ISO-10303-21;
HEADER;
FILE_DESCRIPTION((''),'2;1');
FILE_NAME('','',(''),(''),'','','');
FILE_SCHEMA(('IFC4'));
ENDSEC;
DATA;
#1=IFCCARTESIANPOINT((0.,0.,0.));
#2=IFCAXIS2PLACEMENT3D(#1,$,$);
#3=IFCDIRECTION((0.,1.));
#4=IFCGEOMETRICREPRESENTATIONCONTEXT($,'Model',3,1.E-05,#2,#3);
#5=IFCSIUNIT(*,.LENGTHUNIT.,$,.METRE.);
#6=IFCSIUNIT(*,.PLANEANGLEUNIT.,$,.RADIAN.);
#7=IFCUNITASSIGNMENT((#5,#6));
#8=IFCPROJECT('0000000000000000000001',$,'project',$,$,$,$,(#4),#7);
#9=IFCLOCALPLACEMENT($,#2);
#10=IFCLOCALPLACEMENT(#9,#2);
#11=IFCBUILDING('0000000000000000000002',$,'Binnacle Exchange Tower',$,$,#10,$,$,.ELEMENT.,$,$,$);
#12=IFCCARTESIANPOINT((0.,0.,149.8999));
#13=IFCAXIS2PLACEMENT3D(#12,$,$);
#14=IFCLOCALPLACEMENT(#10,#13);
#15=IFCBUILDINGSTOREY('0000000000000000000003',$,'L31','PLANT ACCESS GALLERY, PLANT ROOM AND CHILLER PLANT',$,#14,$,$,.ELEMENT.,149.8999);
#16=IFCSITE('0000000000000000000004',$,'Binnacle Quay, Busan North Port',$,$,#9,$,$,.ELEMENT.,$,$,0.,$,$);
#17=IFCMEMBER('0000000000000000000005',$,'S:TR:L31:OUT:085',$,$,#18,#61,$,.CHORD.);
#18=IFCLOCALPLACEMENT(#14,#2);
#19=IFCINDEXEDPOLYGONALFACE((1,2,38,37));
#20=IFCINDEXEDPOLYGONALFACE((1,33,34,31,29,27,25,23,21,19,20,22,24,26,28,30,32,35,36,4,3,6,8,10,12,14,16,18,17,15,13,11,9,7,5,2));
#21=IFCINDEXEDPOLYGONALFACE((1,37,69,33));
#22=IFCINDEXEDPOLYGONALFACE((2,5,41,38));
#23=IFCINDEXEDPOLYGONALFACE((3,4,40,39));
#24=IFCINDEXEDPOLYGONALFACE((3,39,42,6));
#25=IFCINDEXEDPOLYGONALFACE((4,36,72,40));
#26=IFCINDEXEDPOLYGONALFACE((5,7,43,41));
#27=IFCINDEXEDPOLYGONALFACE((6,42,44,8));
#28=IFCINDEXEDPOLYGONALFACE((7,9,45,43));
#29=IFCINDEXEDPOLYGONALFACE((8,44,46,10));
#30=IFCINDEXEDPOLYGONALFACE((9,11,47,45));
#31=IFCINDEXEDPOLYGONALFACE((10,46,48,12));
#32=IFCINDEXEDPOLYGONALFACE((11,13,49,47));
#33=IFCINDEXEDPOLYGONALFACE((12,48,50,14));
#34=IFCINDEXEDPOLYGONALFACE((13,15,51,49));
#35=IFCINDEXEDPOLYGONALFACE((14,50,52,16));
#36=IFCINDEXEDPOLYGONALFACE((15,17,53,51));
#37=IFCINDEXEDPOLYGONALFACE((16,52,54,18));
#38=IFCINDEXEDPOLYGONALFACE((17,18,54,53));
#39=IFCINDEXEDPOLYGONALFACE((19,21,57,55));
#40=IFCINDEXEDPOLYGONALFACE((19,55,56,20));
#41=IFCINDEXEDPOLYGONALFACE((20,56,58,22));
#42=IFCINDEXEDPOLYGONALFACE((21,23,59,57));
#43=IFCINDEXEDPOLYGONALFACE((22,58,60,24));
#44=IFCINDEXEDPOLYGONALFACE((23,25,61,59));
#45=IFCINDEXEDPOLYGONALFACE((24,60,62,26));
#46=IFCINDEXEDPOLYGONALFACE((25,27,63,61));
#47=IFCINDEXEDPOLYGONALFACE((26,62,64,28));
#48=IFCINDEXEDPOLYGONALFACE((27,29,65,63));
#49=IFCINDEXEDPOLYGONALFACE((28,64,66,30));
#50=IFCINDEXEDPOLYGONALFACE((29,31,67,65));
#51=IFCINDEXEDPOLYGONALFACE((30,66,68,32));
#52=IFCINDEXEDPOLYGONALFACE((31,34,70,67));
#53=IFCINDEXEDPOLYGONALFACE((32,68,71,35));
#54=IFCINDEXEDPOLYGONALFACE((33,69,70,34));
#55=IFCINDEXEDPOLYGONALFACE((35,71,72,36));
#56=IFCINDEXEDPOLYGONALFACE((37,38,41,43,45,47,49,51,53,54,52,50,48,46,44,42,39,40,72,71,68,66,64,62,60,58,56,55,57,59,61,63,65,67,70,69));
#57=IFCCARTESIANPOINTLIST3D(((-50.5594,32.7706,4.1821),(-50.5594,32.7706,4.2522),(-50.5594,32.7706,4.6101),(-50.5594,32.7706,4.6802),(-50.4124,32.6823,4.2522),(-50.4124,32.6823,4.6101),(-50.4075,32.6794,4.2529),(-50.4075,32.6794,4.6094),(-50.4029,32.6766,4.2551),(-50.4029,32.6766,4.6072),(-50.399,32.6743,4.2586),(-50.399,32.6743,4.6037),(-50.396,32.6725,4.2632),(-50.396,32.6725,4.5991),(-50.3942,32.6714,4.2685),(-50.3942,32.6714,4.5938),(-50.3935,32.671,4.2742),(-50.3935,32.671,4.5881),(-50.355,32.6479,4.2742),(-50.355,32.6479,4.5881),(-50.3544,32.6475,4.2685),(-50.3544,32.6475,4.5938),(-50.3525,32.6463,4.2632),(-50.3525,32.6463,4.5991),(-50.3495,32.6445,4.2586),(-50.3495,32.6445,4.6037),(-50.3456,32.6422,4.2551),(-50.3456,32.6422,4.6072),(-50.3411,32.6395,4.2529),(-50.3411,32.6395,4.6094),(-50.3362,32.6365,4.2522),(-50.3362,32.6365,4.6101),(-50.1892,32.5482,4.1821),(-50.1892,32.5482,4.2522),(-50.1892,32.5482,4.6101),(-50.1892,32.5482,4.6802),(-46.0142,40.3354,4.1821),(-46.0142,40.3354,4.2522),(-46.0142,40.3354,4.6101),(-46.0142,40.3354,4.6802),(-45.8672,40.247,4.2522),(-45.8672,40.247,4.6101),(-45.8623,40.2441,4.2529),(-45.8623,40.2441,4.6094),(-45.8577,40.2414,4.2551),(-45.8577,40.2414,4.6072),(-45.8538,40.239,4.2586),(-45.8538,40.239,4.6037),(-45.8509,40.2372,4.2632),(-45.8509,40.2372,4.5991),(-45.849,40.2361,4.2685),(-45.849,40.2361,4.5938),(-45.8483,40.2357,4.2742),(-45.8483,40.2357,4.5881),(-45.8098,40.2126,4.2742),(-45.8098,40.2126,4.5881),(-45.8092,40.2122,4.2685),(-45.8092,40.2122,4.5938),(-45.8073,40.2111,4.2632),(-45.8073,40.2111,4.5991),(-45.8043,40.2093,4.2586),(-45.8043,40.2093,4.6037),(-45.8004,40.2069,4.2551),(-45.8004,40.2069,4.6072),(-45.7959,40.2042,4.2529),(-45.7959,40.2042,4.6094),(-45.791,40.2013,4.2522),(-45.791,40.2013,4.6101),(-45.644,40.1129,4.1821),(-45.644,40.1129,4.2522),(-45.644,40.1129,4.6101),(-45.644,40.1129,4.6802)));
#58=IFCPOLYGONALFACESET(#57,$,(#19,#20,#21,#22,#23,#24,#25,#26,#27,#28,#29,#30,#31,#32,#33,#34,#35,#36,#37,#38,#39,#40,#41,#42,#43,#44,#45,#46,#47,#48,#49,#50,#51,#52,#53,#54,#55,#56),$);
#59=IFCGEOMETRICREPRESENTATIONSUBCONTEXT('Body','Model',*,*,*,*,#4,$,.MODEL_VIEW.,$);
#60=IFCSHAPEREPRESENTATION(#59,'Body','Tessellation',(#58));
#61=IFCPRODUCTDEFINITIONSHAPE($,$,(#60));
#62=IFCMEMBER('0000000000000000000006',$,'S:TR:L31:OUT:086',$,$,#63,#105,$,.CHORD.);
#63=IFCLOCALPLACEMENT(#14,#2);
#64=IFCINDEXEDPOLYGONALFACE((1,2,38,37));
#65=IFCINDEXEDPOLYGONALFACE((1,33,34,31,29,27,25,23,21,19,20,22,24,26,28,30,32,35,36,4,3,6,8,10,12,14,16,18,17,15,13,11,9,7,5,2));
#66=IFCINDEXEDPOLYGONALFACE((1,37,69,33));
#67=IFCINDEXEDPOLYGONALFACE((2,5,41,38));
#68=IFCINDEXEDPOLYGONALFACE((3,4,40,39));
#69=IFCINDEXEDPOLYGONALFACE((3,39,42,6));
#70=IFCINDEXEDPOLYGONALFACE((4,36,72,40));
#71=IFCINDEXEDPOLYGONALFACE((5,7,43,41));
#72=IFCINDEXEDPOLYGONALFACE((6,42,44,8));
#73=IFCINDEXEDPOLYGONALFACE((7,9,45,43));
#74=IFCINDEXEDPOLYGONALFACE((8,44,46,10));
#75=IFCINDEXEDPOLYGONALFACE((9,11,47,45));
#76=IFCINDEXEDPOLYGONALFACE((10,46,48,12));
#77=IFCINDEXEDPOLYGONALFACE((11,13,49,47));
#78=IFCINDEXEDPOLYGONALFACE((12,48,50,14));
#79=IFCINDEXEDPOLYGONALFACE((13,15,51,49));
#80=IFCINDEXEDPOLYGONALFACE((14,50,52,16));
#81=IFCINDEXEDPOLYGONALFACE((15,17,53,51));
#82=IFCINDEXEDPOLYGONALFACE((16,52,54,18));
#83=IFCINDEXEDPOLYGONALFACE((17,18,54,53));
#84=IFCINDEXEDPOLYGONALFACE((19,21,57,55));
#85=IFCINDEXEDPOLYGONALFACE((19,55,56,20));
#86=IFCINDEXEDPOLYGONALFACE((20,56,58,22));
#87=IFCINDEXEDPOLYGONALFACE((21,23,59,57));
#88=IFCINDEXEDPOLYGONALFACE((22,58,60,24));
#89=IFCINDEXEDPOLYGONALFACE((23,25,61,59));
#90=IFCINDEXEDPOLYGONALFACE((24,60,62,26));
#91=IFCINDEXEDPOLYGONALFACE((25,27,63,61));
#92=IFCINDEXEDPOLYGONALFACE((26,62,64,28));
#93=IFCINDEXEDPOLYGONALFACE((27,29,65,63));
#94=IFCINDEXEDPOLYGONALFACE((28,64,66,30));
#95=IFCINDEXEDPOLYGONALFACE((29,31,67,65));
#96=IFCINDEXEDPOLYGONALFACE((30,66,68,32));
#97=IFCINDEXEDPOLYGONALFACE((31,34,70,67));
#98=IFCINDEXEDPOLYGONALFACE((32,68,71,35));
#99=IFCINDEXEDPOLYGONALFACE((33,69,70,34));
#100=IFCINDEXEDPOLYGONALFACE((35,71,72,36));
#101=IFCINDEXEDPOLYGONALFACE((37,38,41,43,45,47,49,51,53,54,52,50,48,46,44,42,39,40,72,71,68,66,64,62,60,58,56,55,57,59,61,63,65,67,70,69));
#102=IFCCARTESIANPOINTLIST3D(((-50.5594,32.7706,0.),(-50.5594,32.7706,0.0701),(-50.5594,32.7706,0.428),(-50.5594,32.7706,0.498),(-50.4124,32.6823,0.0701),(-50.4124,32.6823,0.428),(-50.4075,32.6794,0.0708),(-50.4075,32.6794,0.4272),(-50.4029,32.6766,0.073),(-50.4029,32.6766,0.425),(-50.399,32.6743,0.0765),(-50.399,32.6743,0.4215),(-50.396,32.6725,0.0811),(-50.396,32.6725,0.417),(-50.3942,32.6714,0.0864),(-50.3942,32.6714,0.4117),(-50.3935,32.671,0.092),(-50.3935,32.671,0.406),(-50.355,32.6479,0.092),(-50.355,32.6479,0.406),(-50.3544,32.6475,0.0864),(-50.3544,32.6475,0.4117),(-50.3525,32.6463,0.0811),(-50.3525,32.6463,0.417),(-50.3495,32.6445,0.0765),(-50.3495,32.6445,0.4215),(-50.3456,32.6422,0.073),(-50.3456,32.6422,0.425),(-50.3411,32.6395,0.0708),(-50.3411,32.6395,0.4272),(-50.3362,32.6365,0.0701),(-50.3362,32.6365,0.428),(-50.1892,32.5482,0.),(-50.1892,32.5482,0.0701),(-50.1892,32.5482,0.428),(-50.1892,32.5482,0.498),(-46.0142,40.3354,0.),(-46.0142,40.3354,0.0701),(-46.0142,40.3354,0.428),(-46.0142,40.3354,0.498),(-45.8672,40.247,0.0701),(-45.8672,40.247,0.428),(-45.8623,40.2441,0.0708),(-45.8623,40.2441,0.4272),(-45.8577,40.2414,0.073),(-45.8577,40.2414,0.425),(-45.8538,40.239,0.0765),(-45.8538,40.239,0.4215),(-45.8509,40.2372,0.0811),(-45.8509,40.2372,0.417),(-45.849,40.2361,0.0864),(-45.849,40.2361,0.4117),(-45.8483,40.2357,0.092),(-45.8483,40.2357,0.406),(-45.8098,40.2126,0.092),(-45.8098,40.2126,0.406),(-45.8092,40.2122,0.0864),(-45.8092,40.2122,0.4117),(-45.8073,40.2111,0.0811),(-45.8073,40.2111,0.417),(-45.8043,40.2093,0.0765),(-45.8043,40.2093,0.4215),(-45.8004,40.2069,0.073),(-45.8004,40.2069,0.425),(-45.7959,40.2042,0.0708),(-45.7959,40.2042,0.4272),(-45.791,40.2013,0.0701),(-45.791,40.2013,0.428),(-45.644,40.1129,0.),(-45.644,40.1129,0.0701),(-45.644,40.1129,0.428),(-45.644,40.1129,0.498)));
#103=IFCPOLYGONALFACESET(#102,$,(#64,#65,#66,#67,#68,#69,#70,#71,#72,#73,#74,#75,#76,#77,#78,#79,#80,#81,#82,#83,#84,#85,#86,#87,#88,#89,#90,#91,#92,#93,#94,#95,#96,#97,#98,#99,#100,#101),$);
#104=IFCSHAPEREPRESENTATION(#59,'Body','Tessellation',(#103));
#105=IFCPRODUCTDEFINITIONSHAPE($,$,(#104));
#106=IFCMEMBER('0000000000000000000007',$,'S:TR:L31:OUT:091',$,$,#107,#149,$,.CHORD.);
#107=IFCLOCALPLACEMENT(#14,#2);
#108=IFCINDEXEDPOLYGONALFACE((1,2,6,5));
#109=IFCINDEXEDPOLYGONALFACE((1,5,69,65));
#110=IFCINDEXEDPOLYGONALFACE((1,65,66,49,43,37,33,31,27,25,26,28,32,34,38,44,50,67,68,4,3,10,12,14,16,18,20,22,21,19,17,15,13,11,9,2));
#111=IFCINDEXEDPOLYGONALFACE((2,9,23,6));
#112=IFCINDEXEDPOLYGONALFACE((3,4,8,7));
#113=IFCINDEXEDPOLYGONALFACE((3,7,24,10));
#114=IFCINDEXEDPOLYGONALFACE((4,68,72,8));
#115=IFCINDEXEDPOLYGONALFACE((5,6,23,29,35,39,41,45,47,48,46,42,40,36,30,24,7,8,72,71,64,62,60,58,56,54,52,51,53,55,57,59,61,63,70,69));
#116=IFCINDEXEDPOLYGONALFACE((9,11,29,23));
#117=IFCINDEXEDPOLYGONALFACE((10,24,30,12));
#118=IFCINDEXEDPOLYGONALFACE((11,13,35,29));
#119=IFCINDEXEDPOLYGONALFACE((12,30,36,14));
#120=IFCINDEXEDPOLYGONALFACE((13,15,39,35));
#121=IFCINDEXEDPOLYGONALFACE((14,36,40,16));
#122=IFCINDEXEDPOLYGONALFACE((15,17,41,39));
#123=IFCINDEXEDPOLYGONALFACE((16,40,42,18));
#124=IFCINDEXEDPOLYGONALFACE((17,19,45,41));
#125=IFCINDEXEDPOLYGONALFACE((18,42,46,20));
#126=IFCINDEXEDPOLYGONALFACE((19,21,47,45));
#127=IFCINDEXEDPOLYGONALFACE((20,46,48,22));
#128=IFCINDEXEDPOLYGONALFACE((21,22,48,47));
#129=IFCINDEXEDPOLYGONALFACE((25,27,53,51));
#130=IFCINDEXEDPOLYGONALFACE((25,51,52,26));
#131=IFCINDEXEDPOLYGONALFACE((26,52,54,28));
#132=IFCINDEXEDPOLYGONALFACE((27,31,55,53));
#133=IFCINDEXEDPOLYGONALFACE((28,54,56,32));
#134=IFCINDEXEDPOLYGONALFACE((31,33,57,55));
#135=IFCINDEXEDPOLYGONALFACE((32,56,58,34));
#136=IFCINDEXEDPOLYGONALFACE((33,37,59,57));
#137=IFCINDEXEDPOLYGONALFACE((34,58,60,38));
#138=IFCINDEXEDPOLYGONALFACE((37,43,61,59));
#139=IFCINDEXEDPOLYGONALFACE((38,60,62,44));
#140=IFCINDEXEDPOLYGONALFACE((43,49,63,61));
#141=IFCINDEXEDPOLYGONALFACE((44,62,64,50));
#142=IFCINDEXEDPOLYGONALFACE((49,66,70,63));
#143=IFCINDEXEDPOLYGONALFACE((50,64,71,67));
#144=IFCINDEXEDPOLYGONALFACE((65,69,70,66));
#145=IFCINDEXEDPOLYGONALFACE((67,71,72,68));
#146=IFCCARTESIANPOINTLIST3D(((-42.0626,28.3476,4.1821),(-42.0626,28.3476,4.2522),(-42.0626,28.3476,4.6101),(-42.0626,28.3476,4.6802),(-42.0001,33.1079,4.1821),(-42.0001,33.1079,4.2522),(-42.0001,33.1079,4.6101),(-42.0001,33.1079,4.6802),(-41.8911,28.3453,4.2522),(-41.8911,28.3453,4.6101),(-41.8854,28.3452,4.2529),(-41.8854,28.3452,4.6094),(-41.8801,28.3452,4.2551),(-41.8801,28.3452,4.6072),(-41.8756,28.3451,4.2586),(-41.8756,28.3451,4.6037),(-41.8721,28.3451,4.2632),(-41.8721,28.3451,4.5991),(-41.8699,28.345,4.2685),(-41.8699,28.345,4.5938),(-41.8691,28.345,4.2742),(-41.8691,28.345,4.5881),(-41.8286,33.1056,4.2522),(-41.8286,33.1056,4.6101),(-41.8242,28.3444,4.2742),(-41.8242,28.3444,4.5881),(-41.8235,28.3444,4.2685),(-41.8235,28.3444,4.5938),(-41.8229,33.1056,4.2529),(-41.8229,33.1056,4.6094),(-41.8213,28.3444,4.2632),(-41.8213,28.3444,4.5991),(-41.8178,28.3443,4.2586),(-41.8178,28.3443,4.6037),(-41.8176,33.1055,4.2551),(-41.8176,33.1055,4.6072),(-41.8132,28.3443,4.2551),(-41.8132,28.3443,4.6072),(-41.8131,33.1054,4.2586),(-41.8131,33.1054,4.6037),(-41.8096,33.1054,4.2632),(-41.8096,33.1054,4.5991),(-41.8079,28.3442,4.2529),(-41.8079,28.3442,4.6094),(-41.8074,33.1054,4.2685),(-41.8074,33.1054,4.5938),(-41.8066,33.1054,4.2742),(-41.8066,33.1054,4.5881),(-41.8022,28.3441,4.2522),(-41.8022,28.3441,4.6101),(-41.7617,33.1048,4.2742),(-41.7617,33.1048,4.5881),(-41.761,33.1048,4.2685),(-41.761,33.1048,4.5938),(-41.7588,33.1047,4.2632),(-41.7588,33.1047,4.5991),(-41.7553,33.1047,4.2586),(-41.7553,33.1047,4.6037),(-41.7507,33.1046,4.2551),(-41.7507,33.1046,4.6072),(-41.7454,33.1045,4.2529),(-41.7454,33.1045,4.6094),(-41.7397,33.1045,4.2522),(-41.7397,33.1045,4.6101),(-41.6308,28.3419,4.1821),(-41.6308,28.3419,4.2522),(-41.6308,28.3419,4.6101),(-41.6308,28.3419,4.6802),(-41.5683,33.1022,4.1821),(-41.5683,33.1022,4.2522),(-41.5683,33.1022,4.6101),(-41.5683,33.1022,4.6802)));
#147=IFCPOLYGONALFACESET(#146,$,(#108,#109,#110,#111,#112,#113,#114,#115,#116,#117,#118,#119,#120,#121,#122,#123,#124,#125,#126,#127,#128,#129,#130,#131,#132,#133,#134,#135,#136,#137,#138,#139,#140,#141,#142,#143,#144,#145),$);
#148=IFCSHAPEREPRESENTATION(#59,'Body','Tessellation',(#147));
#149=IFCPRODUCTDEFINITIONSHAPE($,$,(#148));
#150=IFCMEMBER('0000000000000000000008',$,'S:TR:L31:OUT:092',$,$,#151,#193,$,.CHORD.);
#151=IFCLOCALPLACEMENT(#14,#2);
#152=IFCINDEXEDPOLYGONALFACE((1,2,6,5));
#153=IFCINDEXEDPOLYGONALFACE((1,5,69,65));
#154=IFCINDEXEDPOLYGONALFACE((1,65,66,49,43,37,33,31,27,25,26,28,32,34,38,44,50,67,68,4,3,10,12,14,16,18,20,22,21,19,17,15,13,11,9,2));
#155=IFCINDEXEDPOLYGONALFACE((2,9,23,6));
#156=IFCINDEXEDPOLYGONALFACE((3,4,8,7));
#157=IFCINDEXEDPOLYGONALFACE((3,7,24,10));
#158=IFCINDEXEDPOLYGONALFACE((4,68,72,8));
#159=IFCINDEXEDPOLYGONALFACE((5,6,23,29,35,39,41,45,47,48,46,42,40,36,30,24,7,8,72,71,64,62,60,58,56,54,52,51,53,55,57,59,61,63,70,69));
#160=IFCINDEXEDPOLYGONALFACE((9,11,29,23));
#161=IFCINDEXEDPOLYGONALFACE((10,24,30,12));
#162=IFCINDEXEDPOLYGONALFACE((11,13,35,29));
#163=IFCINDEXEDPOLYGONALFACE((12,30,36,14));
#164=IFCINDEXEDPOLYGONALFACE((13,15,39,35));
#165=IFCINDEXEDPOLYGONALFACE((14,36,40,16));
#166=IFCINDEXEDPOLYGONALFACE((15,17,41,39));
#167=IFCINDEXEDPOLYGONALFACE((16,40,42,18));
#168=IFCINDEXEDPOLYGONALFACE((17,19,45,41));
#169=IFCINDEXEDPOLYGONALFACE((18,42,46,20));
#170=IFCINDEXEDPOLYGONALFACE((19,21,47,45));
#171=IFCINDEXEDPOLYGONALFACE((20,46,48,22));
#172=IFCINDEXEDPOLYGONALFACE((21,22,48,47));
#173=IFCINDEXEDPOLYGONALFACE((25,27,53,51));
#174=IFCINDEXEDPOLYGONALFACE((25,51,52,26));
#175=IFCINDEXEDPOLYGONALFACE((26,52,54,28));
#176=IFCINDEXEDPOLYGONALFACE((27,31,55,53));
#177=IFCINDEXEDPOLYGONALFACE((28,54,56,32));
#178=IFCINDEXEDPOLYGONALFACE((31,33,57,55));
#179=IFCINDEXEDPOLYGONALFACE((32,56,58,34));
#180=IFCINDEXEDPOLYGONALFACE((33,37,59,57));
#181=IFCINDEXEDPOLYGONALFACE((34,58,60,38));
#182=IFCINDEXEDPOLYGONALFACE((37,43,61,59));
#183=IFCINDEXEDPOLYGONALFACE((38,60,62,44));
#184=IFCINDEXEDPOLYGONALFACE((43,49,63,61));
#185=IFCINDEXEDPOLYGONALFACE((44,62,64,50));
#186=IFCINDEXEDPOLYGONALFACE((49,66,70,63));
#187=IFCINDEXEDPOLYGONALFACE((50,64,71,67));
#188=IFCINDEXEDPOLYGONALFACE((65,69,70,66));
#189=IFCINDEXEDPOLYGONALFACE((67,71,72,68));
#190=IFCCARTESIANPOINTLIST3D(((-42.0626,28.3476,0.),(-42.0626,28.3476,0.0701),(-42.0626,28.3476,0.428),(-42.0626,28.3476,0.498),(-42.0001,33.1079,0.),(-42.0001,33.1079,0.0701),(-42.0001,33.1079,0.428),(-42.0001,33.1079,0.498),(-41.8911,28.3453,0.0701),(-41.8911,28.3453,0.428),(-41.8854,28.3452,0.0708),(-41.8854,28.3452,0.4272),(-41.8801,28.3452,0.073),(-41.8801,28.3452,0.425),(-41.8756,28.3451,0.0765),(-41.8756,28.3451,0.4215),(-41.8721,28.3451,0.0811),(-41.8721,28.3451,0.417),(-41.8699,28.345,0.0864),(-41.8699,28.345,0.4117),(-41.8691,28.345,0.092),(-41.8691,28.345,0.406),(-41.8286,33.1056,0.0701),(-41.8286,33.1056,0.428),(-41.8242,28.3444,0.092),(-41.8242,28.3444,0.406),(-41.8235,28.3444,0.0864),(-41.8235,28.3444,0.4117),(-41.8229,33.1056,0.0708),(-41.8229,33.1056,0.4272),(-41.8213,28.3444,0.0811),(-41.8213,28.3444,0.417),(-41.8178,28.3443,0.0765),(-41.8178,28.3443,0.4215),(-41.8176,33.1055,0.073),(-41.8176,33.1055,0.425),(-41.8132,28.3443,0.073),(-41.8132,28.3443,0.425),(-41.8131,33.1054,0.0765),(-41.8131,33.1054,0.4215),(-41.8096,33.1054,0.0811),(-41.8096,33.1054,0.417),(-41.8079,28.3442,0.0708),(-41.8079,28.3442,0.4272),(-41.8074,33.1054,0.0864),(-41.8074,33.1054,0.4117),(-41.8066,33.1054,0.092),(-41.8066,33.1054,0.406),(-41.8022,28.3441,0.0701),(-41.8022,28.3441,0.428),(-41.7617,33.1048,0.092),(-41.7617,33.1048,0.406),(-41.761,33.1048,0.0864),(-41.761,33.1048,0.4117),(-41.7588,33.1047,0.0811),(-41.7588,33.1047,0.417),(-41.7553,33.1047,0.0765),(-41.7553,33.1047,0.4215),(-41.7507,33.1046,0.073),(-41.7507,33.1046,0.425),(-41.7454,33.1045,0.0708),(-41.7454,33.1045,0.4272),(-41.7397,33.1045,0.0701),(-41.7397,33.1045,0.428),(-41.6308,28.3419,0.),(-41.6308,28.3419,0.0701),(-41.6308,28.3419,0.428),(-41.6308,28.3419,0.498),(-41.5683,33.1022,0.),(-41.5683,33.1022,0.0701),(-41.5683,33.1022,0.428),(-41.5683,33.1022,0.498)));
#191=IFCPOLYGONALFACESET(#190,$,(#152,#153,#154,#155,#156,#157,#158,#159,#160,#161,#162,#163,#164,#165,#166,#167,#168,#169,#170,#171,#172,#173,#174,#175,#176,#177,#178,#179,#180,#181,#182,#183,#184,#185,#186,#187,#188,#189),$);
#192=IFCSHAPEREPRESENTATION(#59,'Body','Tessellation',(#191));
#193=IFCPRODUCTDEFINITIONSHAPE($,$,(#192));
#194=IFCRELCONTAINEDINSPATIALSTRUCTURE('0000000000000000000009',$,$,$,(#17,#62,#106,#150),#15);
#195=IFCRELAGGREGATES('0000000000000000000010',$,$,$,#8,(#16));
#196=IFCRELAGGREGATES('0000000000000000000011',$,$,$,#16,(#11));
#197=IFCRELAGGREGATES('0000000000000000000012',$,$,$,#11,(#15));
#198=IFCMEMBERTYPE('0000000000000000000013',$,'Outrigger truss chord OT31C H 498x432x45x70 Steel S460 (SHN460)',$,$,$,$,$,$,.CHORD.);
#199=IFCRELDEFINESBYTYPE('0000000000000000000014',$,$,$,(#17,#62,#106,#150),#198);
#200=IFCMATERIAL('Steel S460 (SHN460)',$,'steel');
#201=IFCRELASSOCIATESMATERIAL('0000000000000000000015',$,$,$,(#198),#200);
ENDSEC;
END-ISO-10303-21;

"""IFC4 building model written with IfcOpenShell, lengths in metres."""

from ifc_helpers import new_model, si_unit, direction, frame, origin, origin_2d, place, context, subcontext, project, spatial, i_section, extrude, material, material_profile, profile_set, type_object, element, save


model = new_model("IFC4")

# Units and contexts
model_context = context("Model", 3, precision=1e-05, world=origin(), true_north=direction((0.0, 1.0)))
body_context = subcontext(model_context, "Body", "Model", "MODEL_VIEW")
ifc_project = project(units=[si_unit("LENGTHUNIT", "METRE"), si_unit("PLANEANGLEUNIT", "RADIAN")], contexts=[model_context])

# Site, building, storey
site_placement = place(None, origin())
site = spatial("IfcSite", under=ifc_project, at=site_placement, Name="Binnacle Quay, Busan North Port", CompositionType="ELEMENT", RefElevation=0.0)
building_placement = place(site_placement, origin())
building = spatial("IfcBuilding", under=site, at=building_placement, Name="Binnacle Exchange Tower", CompositionType="ELEMENT")
storey_placement = place(building_placement, frame((0.0, 0.0, 149.8999)))
storey = spatial("IfcBuildingStorey", under=building, at=storey_placement, Name="L31", Description="PLANT ACCESS GALLERY, PLANT ROOM AND CHILLER PLANT", CompositionType="ELEMENT", Elevation=149.8999)

# Shared definitions
ifc_material_1 = material(Name="Steel S460 (SHN460)", Category="steel")

# Members
ifc_material_profile_1 = material_profile(ifc_material_1, i_section(OverallWidth=0.4319, OverallDepth=0.498, WebThickness=0.0449, FlangeThickness=0.0701, FilletRadius=0.022, at=origin_2d()), Name="H 498x432x45x70")
ifc_profile_set_1 = profile_set([ifc_material_profile_1], Name="Steel S460 (SHN460)")
member_type_1 = type_object("IfcMemberType", Name="Outrigger truss chord OT31C H 498x432x45x70 Steel S460 (SHN460)", PredefinedType="CHORD", material=ifc_profile_set_1)
for number, where, z_axis, x_axis, name in (
    (1, (-50.3743, 32.6594, 4.4312), (0.515025, 0.857175, 0.0), (-0.857175, 0.515025, 0.0), "S:TR:L31:OUT:085"),
    (2, (-50.3743, 32.6594, 0.249), (0.515025, 0.857175, 0.0), (-0.857175, 0.515025, 0.0), "S:TR:L31:OUT:086"),
):
    element("IfcMember", number, at=place(storey_placement, frame(where, z_axis=z_axis, x_axis=x_axis)), inside=storey, type_object=member_type_1, Name=name, PredefinedType="CHORD", context=body_context, shape_type="SweptSolid", body=[
        extrude(i_section(OverallWidth=0.4319, OverallDepth=0.498, WebThickness=0.0449, FlangeThickness=0.0701, FilletRadius=0.022, at=origin_2d()), origin(), (0.0, 0.0, 1.0), 8.8252),
    ])
for number, where, z_axis, x_axis, name in (
    (3, (-41.8467, 28.3447, 4.4312), (0.013128, 0.999914, 0.0), (-0.999914, 0.013128, 0.0), "S:TR:L31:OUT:091"),
    (4, (-41.8467, 28.3447, 0.249), (0.013128, 0.999914, 0.0), (-0.999914, 0.013128, 0.0), "S:TR:L31:OUT:092"),
):
    element("IfcMember", number, at=place(storey_placement, frame(where, z_axis=z_axis, x_axis=x_axis)), inside=storey, type_object=member_type_1, Name=name, PredefinedType="CHORD", context=body_context, shape_type="SweptSolid", body=[
        extrude(i_section(OverallWidth=0.4319, OverallDepth=0.498, WebThickness=0.0449, FlangeThickness=0.0701, FilletRadius=0.022, at=origin_2d()), origin(), (0.0, 0.0, 1.0), 4.7607),
    ])

save(model, "model.ifc")
